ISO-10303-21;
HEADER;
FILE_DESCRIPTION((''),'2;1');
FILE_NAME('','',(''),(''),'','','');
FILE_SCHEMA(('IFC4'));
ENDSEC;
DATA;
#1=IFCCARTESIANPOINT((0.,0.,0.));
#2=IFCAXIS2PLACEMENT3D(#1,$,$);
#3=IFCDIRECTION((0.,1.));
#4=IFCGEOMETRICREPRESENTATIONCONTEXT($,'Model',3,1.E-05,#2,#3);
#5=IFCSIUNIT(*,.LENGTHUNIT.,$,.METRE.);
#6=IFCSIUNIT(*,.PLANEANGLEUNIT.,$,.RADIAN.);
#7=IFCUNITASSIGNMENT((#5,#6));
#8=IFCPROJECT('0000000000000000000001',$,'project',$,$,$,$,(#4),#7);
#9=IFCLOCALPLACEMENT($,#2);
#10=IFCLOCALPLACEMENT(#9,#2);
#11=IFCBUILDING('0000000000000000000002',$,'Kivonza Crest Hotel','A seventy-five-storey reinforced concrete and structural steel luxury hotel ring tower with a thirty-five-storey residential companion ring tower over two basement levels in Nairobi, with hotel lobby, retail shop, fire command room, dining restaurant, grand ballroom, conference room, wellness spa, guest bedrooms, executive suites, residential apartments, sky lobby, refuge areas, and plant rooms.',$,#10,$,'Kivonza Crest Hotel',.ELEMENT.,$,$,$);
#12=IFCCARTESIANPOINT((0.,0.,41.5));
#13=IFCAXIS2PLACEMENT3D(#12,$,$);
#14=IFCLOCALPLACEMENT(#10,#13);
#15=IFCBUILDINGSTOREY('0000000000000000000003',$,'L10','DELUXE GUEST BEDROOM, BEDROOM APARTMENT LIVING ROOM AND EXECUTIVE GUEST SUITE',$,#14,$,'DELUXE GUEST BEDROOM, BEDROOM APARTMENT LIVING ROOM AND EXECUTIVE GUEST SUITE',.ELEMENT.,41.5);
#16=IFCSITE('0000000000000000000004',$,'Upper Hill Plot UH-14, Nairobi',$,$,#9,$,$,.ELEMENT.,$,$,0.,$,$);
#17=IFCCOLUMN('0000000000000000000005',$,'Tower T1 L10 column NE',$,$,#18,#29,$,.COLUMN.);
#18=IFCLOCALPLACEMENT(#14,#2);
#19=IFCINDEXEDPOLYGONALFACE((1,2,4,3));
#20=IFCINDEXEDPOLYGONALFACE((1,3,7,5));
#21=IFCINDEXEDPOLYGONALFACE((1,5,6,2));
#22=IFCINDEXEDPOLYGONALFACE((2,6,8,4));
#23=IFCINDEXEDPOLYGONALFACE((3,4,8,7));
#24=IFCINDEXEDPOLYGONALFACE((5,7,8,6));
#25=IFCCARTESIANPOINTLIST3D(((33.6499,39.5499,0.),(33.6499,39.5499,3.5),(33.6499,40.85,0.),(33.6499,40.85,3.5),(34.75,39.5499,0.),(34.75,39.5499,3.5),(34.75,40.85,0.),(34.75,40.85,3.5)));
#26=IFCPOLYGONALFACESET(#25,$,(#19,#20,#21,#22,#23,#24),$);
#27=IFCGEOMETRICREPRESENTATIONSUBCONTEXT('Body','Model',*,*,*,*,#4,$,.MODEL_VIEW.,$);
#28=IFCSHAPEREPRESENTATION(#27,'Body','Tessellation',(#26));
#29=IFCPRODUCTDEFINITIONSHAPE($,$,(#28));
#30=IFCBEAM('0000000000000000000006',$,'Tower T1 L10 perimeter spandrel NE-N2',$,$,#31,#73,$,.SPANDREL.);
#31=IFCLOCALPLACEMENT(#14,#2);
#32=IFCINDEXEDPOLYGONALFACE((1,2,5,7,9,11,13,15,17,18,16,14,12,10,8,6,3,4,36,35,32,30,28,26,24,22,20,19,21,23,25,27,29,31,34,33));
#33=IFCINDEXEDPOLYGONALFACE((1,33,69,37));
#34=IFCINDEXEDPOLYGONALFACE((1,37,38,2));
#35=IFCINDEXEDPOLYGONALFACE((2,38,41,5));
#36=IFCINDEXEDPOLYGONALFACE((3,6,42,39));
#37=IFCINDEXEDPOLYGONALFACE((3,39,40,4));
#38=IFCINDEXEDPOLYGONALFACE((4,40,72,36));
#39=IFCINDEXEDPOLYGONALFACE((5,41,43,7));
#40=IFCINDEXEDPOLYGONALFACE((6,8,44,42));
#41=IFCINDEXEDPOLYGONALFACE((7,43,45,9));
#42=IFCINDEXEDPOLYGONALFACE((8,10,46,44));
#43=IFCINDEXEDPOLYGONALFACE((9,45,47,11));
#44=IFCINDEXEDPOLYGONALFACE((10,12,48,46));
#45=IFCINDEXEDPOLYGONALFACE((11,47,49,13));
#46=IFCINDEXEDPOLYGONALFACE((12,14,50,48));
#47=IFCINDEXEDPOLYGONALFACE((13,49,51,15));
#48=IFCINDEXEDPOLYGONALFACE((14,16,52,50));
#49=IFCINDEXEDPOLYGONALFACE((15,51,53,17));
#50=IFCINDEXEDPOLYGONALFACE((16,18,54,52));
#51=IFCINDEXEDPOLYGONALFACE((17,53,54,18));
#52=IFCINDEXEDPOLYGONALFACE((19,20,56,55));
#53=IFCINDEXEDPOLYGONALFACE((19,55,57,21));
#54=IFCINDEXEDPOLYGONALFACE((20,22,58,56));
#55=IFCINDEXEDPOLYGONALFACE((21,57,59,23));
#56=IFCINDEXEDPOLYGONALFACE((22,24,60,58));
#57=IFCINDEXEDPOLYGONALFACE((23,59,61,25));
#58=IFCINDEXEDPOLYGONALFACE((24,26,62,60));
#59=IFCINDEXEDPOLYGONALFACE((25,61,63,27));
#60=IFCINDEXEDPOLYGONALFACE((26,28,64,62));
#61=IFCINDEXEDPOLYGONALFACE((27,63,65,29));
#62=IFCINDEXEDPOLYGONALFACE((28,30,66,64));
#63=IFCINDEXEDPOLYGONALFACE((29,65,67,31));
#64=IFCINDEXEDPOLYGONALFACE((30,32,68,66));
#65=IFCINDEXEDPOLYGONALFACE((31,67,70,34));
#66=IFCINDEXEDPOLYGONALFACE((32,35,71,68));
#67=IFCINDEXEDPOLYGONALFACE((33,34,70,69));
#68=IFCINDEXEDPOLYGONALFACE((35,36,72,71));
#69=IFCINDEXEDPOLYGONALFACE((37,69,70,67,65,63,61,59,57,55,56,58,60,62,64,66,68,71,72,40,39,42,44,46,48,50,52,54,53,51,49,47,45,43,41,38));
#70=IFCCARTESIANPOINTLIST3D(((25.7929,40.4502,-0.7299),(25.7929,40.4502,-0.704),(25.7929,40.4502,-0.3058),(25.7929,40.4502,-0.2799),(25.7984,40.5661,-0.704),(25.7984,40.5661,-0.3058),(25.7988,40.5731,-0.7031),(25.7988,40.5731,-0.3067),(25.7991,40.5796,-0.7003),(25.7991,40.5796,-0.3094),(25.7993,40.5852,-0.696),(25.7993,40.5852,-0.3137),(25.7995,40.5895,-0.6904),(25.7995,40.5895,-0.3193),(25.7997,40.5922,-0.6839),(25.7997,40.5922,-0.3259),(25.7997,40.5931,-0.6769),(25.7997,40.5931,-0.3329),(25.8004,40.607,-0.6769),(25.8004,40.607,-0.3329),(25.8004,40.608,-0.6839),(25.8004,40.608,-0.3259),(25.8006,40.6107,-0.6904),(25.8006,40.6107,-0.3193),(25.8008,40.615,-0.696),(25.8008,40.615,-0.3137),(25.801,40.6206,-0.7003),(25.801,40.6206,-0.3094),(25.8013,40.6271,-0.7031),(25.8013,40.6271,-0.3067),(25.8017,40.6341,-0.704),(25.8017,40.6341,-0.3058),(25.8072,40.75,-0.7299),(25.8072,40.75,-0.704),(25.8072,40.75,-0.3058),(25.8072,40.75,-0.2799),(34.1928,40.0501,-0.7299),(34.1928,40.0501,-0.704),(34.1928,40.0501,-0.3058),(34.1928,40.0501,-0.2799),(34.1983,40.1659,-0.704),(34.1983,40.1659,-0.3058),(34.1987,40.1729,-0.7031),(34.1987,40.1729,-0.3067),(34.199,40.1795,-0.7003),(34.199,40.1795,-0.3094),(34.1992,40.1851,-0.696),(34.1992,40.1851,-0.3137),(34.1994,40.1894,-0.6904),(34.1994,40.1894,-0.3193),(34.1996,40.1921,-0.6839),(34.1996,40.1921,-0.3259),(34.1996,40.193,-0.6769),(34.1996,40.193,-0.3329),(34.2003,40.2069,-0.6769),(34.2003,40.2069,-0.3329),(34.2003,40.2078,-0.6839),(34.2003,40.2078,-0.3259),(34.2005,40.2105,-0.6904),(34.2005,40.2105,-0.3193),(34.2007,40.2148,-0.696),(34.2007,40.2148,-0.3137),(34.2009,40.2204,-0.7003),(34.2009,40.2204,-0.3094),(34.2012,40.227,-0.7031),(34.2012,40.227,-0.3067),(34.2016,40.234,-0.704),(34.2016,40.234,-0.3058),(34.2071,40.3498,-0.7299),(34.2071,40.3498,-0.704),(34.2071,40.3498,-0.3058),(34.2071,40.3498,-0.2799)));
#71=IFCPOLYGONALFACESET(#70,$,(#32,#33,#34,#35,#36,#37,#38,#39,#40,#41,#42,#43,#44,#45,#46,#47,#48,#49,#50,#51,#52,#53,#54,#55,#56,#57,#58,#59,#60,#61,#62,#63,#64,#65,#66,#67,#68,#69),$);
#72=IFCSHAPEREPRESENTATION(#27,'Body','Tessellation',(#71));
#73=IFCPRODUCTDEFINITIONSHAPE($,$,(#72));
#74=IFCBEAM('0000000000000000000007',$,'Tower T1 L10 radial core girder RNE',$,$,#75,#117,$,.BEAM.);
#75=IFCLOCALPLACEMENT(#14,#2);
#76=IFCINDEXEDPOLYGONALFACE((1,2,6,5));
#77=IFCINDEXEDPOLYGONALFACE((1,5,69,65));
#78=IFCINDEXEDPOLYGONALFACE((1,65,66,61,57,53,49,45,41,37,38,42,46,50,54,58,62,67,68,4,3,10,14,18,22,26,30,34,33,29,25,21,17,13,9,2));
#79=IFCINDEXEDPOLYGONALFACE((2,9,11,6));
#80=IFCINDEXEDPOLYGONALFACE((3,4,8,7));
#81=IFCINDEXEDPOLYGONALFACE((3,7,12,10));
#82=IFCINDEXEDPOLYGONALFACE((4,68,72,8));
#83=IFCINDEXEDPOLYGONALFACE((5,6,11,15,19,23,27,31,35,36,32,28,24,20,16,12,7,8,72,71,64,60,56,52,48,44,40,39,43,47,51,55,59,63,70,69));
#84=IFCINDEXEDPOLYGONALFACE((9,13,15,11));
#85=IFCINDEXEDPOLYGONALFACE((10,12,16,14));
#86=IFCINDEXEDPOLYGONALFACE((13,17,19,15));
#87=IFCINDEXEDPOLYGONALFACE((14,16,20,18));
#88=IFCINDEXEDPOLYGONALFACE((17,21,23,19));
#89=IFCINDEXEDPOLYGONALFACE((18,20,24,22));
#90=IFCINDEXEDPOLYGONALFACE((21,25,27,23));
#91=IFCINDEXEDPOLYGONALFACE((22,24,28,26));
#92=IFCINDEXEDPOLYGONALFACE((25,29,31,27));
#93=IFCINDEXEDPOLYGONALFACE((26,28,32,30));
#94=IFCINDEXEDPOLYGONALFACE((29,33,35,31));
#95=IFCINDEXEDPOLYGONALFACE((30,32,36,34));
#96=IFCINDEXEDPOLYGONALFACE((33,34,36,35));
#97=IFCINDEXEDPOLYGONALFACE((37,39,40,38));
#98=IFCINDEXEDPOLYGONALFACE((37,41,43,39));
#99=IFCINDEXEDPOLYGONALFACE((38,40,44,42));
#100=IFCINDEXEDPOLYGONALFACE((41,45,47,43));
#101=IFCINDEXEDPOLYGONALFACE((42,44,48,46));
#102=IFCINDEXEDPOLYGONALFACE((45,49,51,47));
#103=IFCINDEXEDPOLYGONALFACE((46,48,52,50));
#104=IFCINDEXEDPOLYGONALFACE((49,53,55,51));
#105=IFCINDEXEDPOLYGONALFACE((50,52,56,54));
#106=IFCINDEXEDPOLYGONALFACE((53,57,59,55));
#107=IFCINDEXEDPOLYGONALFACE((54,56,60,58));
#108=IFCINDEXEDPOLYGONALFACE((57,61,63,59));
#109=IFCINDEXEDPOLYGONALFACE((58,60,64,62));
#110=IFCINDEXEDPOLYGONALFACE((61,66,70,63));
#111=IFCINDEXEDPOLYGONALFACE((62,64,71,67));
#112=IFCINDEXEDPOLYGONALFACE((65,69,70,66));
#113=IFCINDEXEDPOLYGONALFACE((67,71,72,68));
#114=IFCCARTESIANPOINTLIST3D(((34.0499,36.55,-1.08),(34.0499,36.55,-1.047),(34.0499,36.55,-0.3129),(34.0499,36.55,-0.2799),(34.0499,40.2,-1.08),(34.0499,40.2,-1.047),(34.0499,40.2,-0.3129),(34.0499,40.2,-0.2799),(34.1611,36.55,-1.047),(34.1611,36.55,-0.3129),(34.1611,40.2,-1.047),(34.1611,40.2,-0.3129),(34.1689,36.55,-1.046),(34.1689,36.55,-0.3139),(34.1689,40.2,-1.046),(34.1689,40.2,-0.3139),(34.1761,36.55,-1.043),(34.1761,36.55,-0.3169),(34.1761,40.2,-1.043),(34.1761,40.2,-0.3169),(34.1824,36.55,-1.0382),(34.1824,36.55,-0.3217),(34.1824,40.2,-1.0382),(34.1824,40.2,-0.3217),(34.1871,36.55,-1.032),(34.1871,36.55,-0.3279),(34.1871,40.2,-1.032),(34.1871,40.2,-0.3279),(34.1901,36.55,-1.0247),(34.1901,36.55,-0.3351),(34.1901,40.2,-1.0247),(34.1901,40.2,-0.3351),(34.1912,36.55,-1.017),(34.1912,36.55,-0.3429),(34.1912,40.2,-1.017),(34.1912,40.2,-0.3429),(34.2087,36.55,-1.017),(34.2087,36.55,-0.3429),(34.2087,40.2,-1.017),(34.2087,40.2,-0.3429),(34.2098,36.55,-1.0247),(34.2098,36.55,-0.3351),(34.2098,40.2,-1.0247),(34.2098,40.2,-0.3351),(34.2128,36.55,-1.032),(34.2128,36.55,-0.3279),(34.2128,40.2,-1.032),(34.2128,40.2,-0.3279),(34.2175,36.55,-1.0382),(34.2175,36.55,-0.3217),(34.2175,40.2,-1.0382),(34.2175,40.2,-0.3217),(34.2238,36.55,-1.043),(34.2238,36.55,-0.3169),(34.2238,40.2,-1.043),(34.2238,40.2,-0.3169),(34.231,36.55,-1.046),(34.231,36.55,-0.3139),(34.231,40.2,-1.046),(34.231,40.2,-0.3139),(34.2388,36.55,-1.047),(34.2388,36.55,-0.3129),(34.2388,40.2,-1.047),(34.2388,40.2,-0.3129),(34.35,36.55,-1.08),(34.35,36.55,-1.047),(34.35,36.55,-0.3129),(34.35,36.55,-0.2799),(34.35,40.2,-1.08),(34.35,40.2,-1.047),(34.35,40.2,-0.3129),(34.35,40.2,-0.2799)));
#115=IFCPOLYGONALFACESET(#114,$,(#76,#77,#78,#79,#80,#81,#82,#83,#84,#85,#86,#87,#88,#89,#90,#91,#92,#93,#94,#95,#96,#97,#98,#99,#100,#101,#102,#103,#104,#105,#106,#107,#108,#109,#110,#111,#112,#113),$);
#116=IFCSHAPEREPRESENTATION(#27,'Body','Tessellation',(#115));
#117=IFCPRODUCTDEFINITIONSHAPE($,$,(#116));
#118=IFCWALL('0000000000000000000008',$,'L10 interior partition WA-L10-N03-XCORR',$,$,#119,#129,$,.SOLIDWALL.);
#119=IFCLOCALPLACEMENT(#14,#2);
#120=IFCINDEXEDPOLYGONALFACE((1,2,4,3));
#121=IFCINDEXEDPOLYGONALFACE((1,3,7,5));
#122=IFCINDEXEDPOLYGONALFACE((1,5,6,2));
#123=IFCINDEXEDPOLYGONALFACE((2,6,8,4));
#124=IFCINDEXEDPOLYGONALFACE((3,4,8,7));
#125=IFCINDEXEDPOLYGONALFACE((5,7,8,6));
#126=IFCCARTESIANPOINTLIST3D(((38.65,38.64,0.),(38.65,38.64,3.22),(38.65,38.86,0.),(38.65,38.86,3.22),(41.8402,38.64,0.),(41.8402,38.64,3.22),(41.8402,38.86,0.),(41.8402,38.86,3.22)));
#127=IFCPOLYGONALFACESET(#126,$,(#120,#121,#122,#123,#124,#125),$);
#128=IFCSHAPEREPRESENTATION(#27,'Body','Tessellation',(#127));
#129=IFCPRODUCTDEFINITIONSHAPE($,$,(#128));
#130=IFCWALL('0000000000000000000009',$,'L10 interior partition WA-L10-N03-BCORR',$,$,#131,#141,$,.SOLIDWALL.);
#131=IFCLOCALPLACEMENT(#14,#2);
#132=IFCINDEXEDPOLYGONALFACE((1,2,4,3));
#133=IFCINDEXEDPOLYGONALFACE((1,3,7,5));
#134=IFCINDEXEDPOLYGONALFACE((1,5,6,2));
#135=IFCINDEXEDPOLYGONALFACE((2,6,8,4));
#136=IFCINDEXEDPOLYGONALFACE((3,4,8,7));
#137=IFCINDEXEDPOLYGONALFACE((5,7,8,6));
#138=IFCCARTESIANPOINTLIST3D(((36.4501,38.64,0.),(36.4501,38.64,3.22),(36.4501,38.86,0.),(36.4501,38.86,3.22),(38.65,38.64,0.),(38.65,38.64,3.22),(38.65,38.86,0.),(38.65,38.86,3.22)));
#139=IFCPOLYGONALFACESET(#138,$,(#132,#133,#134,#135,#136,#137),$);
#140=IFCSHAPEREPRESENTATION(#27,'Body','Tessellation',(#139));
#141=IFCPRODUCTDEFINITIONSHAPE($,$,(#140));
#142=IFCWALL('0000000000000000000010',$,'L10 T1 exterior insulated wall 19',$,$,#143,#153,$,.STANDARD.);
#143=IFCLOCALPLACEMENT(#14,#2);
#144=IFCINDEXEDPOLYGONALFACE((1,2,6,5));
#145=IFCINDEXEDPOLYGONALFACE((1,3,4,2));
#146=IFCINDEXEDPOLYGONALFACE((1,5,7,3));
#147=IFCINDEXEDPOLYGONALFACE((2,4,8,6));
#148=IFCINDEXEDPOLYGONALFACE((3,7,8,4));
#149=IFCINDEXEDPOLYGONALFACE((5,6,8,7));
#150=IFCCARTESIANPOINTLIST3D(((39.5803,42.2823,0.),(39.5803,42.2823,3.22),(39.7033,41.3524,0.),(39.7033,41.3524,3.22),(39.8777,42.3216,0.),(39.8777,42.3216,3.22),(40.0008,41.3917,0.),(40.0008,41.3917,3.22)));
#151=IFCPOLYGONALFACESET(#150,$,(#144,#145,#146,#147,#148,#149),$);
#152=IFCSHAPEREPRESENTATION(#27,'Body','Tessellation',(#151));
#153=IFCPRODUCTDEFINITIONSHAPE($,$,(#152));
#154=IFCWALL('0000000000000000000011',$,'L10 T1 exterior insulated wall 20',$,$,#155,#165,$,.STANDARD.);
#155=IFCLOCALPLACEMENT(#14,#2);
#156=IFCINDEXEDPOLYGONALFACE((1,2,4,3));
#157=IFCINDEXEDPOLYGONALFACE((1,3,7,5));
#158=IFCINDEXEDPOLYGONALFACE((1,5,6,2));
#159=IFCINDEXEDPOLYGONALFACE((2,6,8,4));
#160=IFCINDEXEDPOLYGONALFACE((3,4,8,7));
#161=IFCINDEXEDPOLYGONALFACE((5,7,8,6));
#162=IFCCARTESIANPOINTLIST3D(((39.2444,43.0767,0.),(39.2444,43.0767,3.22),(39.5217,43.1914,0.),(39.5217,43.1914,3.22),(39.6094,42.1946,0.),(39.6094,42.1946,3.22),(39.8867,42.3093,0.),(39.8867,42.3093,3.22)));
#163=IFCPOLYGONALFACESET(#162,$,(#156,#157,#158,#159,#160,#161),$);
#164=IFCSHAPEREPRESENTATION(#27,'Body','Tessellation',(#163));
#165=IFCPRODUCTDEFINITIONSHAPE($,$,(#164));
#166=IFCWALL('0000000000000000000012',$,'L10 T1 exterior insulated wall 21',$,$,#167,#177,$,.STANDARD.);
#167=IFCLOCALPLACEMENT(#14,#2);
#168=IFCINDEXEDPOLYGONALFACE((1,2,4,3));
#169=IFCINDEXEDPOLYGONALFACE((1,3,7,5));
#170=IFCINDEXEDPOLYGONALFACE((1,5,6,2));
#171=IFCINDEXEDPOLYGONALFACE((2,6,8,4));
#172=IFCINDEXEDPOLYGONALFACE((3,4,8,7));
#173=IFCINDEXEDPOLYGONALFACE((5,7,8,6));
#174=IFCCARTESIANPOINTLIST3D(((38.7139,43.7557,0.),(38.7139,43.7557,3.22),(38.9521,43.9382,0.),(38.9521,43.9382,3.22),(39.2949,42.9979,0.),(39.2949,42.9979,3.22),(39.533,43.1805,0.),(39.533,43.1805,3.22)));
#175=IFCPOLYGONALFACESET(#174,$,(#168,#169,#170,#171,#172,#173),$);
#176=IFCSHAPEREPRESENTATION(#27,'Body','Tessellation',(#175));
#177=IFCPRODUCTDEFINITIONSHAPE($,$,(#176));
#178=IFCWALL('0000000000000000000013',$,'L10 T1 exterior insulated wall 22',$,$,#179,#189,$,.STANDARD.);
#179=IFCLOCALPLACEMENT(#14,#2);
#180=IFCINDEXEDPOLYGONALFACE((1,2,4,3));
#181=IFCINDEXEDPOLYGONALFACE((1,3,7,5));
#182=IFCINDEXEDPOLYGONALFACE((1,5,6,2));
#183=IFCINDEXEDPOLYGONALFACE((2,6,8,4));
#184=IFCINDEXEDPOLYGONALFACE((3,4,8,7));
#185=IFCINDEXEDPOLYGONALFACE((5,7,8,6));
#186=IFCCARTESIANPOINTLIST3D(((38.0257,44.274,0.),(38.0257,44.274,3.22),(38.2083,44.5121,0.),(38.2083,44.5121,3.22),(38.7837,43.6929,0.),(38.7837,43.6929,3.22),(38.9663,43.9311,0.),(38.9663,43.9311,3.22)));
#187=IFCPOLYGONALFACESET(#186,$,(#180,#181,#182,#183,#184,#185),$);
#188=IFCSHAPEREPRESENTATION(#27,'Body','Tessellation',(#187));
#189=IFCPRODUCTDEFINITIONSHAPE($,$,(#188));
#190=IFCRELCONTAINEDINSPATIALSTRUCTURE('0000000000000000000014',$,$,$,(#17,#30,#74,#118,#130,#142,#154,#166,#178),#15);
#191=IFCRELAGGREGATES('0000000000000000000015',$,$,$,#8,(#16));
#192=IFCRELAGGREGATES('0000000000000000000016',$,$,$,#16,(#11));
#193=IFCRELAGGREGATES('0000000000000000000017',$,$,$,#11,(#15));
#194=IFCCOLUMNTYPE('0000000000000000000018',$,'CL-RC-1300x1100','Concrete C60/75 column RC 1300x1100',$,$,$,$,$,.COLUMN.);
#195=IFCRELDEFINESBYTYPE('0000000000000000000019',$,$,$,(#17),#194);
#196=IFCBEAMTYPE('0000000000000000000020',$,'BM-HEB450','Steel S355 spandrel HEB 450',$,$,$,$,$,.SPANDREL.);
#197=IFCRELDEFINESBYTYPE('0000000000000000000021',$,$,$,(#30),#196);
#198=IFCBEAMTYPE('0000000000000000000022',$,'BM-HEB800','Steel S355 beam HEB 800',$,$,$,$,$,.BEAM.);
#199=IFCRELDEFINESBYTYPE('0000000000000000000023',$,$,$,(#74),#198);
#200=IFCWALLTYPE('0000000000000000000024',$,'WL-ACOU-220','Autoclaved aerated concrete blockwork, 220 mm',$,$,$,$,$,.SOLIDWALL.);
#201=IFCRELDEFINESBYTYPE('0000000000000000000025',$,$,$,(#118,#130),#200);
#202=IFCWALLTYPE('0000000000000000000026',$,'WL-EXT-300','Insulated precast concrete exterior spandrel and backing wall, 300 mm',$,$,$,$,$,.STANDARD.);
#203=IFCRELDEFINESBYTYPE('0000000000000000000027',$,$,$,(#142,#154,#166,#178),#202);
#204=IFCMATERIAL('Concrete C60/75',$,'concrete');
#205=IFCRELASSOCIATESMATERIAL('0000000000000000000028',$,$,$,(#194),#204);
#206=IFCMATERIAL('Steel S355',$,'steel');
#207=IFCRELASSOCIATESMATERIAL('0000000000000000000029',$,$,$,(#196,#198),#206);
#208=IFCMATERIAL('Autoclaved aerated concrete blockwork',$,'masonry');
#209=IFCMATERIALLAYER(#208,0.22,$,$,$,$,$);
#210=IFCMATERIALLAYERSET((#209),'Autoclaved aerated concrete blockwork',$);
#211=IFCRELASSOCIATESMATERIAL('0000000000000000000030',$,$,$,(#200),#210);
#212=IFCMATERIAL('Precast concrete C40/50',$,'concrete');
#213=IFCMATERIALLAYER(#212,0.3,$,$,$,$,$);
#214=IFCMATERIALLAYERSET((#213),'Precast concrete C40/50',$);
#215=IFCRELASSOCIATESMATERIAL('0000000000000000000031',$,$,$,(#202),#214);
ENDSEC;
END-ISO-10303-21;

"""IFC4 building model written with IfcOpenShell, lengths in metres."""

from ifc_helpers import new_model, si_unit, direction, frame, frame_2d, origin, origin_2d, place, context, subcontext, project, spatial, rectangle, i_section, extrude, material, layer, layer_set, material_profile, profile_set, type_object, element, save


model = new_model("IFC4")

# Units and contexts
model_context = context("Model", 3, precision=1e-05, world=origin(), true_north=direction((0.0, 1.0)))
body_context = subcontext(model_context, "Body", "Model", "MODEL_VIEW")
ifc_project = project(units=[si_unit("LENGTHUNIT", "METRE"), si_unit("PLANEANGLEUNIT", "RADIAN")], contexts=[model_context])

# Site, building, storey
site_placement = place(None, origin())
site = spatial("IfcSite", under=ifc_project, at=site_placement, Name="Upper Hill Plot UH-14, Nairobi", CompositionType="ELEMENT", RefElevation=0.0)
building_placement = place(site_placement, origin())
building = spatial("IfcBuilding", under=site, at=building_placement, Name="Kivonza Crest Hotel", Description="A seventy-five-storey reinforced concrete and structural steel luxury hotel ring tower with a thirty-five-storey residential companion ring tower over two basement levels in Nairobi, with hotel lobby, retail shop, fire command room, dining restaurant, grand ballroom, conference room, wellness spa, guest bedrooms, executive suites, residential apartments, sky lobby, refuge areas, and plant rooms.", LongName="Kivonza Crest Hotel", CompositionType="ELEMENT")
storey_placement = place(building_placement, frame((0.0, 0.0, 41.5)))
storey = spatial("IfcBuildingStorey", under=building, at=storey_placement, Name="L10", Description="DELUXE GUEST BEDROOM, BEDROOM APARTMENT LIVING ROOM AND EXECUTIVE GUEST SUITE", LongName="DELUXE GUEST BEDROOM, BEDROOM APARTMENT LIVING ROOM AND EXECUTIVE GUEST SUITE", CompositionType="ELEMENT", Elevation=41.5)

# Column
ifc_material_1 = material(Name="Concrete C60/75", Category="concrete")
ifc_material_profile_1 = material_profile(ifc_material_1, rectangle(XDim=1.1001, YDim=1.3, at=origin_2d()), Name="RC 1300x1100")
ifc_profile_set_1 = profile_set([ifc_material_profile_1], Name="Concrete C60/75")
column_type = type_object("IfcColumnType", Name="CL-RC-1300x1100", Description="Concrete C60/75 column RC 1300x1100", PredefinedType="COLUMN", material=ifc_profile_set_1)
column_placement = place(storey_placement, frame((34.2, 40.2, 0.0), z_axis=(0.0, 0.0, 1.0), x_axis=(1.0, 0.0, 0.0)))
element("IfcColumn", 1, at=column_placement, inside=storey, type_object=column_type, Name="Tower T1 L10 column NE", PredefinedType="COLUMN", context=body_context, shape_type="SweptSolid", body=[
    extrude(rectangle(XDim=1.1001, YDim=1.3, at=origin_2d()), origin(), (0.0, 0.0, 1.0), 3.5),
])

# Beams
ifc_material_2 = material(Name="Steel S355", Category="steel")
ifc_material_profile_2 = material_profile(ifc_material_2, i_section(OverallWidth=0.3, OverallDepth=0.45, WebThickness=0.0139, FlangeThickness=0.0259, FilletRadius=0.0271, at=origin_2d()), Name="HEB 450")
ifc_profile_set_2 = profile_set([ifc_material_profile_2], Name="Steel S355")
beam_type_1 = type_object("IfcBeamType", Name="BM-HEB450", Description="Steel S355 spandrel HEB 450", PredefinedType="SPANDREL", material=ifc_profile_set_2)
beam_1_placement = place(storey_placement, frame((34.2, 40.2, -0.5049), z_axis=(-0.998867, 0.047583, 0.0), x_axis=(-0.047583, -0.998867, 0.0)))
element("IfcBeam", 2, at=beam_1_placement, inside=storey, type_object=beam_type_1, Name="Tower T1 L10 perimeter spandrel NE-N2", PredefinedType="SPANDREL", context=body_context, shape_type="SweptSolid", body=[
    extrude(i_section(OverallWidth=0.3, OverallDepth=0.45, WebThickness=0.0139, FlangeThickness=0.0259, FilletRadius=0.0271, at=origin_2d()), origin(), (0.0, 0.0, 1.0), 8.4094),
])
ifc_material_profile_3 = material_profile(ifc_material_2, i_section(OverallWidth=0.3, OverallDepth=0.8, WebThickness=0.0176, FlangeThickness=0.033, FilletRadius=0.03, at=origin_2d()), Name="HEB 800")
ifc_profile_set_3 = profile_set([ifc_material_profile_3], Name="Steel S355")
beam_type_2 = type_object("IfcBeamType", Name="BM-HEB800", Description="Steel S355 beam HEB 800", PredefinedType="BEAM", material=ifc_profile_set_3)
beam_2_placement = place(storey_placement, frame((34.2, 40.2, -0.6799), z_axis=(0.0, -1.0, 0.0), x_axis=(1.0, 0.0, 0.0)))
element("IfcBeam", 3, at=beam_2_placement, inside=storey, type_object=beam_type_2, Name="Tower T1 L10 radial core girder RNE", PredefinedType="BEAM", context=body_context, shape_type="SweptSolid", body=[
    extrude(i_section(OverallWidth=0.3, OverallDepth=0.8, WebThickness=0.0176, FlangeThickness=0.033, FilletRadius=0.03, at=origin_2d()), origin(), (0.0, 0.0, 1.0), 3.6499),
])

# Walls
ifc_material_3 = material(Name="Autoclaved aerated concrete blockwork", Category="masonry")
ifc_layer_1 = layer(ifc_material_3, 0.22)
ifc_layer_set_1 = layer_set([ifc_layer_1], Name="Autoclaved aerated concrete blockwork")
wall_type_1 = type_object("IfcWallType", Name="WL-ACOU-220", Description="Autoclaved aerated concrete blockwork, 220 mm", PredefinedType="SOLIDWALL", material=ifc_layer_set_1)
wall_1_placement = place(storey_placement, frame((38.6499, 38.75, 0.0), z_axis=(0.0, 0.0, 1.0), x_axis=(1.0, 0.0, 0.0)))
element("IfcWall", 4, at=wall_1_placement, inside=storey, type_object=wall_type_1, Name="L10 interior partition WA-L10-N03-XCORR", PredefinedType="SOLIDWALL", context=body_context, shape_type="SweptSolid", body=[
    extrude(rectangle(XDim=3.1902, YDim=0.22, at=frame_2d((1.5952, 0.0))), origin(), (0.0, 0.0, 1.0), 3.22),
])
wall_2_placement = place(storey_placement, frame((36.45, 38.75, 0.0), z_axis=(0.0, 0.0, 1.0), x_axis=(1.0, 0.0, 0.0)))
element("IfcWall", 5, at=wall_2_placement, inside=storey, type_object=wall_type_1, Name="L10 interior partition WA-L10-N03-BCORR", PredefinedType="SOLIDWALL", context=body_context, shape_type="SweptSolid", body=[
    extrude(rectangle(XDim=2.2, YDim=0.22, at=frame_2d((1.1001, 0.0))), origin(), (0.0, 0.0, 1.0), 3.22),
])
ifc_material_4 = material(Name="Precast concrete C40/50", Category="concrete")
ifc_layer_2 = layer(ifc_material_4, 0.3)
ifc_layer_set_2 = layer_set([ifc_layer_2], Name="Precast concrete C40/50")
wall_type_2 = type_object("IfcWallType", Name="WL-EXT-300", Description="Insulated precast concrete exterior spandrel and backing wall, 300 mm", PredefinedType="STANDARD", material=ifc_layer_set_2)
wall_3_placement = place(storey_placement, frame((39.8521, 41.3721, 0.0), z_axis=(0.0, 0.0, 1.0), x_axis=(-0.131175, 0.991359, 0.0)))
element("IfcWall", 6, at=wall_3_placement, inside=storey, type_object=wall_type_2, Name="L10 T1 exterior insulated wall 19", PredefinedType="STANDARD", context=body_context, shape_type="SweptSolid", body=[
    extrude(rectangle(XDim=0.938, YDim=0.3, at=frame_2d((0.469, 0.0))), origin(), (0.0, 0.0, 1.0), 3.22),
])
wall_4_placement = place(storey_placement, frame((39.748, 42.252, 0.0), z_axis=(0.0, 0.0, 1.0), x_axis=(-0.382344, 0.92402, 0.0)))
element("IfcWall", 7, at=wall_4_placement, inside=storey, type_object=wall_type_2, Name="L10 T1 exterior insulated wall 20", PredefinedType="STANDARD", context=body_context, shape_type="SweptSolid", body=[
    extrude(rectangle(XDim=0.9546, YDim=0.3, at=frame_2d((0.4773, 0.0))), origin(), (0.0, 0.0, 1.0), 3.22),
])
wall_5_placement = place(storey_placement, frame((39.4141, 43.0891, 0.0), z_axis=(0.0, 0.0, 1.0), x_axis=(-0.608474, 0.793573, 0.0)))
element("IfcWall", 8, at=wall_5_placement, inside=storey, type_object=wall_type_2, Name="L10 T1 exterior insulated wall 21", PredefinedType="STANDARD", context=body_context, shape_type="SweptSolid", body=[
    extrude(rectangle(XDim=0.9548, YDim=0.3, at=frame_2d((0.4775, 0.0))), origin(), (0.0, 0.0, 1.0), 3.22),
])
wall_6_placement = place(storey_placement, frame((38.875, 43.812, 0.0), z_axis=(0.0, 0.0, 1.0), x_axis=(-0.793668, 0.608351, 0.0)))
element("IfcWall", 9, at=wall_6_placement, inside=storey, type_object=wall_type_2, Name="L10 T1 exterior insulated wall 22", PredefinedType="STANDARD", context=body_context, shape_type="SweptSolid", body=[
    extrude(rectangle(XDim=0.9551, YDim=0.3, at=frame_2d((0.4775, 0.0))), origin(), (0.0, 0.0, 1.0), 3.22),
])

save(model, "model.ifc")
